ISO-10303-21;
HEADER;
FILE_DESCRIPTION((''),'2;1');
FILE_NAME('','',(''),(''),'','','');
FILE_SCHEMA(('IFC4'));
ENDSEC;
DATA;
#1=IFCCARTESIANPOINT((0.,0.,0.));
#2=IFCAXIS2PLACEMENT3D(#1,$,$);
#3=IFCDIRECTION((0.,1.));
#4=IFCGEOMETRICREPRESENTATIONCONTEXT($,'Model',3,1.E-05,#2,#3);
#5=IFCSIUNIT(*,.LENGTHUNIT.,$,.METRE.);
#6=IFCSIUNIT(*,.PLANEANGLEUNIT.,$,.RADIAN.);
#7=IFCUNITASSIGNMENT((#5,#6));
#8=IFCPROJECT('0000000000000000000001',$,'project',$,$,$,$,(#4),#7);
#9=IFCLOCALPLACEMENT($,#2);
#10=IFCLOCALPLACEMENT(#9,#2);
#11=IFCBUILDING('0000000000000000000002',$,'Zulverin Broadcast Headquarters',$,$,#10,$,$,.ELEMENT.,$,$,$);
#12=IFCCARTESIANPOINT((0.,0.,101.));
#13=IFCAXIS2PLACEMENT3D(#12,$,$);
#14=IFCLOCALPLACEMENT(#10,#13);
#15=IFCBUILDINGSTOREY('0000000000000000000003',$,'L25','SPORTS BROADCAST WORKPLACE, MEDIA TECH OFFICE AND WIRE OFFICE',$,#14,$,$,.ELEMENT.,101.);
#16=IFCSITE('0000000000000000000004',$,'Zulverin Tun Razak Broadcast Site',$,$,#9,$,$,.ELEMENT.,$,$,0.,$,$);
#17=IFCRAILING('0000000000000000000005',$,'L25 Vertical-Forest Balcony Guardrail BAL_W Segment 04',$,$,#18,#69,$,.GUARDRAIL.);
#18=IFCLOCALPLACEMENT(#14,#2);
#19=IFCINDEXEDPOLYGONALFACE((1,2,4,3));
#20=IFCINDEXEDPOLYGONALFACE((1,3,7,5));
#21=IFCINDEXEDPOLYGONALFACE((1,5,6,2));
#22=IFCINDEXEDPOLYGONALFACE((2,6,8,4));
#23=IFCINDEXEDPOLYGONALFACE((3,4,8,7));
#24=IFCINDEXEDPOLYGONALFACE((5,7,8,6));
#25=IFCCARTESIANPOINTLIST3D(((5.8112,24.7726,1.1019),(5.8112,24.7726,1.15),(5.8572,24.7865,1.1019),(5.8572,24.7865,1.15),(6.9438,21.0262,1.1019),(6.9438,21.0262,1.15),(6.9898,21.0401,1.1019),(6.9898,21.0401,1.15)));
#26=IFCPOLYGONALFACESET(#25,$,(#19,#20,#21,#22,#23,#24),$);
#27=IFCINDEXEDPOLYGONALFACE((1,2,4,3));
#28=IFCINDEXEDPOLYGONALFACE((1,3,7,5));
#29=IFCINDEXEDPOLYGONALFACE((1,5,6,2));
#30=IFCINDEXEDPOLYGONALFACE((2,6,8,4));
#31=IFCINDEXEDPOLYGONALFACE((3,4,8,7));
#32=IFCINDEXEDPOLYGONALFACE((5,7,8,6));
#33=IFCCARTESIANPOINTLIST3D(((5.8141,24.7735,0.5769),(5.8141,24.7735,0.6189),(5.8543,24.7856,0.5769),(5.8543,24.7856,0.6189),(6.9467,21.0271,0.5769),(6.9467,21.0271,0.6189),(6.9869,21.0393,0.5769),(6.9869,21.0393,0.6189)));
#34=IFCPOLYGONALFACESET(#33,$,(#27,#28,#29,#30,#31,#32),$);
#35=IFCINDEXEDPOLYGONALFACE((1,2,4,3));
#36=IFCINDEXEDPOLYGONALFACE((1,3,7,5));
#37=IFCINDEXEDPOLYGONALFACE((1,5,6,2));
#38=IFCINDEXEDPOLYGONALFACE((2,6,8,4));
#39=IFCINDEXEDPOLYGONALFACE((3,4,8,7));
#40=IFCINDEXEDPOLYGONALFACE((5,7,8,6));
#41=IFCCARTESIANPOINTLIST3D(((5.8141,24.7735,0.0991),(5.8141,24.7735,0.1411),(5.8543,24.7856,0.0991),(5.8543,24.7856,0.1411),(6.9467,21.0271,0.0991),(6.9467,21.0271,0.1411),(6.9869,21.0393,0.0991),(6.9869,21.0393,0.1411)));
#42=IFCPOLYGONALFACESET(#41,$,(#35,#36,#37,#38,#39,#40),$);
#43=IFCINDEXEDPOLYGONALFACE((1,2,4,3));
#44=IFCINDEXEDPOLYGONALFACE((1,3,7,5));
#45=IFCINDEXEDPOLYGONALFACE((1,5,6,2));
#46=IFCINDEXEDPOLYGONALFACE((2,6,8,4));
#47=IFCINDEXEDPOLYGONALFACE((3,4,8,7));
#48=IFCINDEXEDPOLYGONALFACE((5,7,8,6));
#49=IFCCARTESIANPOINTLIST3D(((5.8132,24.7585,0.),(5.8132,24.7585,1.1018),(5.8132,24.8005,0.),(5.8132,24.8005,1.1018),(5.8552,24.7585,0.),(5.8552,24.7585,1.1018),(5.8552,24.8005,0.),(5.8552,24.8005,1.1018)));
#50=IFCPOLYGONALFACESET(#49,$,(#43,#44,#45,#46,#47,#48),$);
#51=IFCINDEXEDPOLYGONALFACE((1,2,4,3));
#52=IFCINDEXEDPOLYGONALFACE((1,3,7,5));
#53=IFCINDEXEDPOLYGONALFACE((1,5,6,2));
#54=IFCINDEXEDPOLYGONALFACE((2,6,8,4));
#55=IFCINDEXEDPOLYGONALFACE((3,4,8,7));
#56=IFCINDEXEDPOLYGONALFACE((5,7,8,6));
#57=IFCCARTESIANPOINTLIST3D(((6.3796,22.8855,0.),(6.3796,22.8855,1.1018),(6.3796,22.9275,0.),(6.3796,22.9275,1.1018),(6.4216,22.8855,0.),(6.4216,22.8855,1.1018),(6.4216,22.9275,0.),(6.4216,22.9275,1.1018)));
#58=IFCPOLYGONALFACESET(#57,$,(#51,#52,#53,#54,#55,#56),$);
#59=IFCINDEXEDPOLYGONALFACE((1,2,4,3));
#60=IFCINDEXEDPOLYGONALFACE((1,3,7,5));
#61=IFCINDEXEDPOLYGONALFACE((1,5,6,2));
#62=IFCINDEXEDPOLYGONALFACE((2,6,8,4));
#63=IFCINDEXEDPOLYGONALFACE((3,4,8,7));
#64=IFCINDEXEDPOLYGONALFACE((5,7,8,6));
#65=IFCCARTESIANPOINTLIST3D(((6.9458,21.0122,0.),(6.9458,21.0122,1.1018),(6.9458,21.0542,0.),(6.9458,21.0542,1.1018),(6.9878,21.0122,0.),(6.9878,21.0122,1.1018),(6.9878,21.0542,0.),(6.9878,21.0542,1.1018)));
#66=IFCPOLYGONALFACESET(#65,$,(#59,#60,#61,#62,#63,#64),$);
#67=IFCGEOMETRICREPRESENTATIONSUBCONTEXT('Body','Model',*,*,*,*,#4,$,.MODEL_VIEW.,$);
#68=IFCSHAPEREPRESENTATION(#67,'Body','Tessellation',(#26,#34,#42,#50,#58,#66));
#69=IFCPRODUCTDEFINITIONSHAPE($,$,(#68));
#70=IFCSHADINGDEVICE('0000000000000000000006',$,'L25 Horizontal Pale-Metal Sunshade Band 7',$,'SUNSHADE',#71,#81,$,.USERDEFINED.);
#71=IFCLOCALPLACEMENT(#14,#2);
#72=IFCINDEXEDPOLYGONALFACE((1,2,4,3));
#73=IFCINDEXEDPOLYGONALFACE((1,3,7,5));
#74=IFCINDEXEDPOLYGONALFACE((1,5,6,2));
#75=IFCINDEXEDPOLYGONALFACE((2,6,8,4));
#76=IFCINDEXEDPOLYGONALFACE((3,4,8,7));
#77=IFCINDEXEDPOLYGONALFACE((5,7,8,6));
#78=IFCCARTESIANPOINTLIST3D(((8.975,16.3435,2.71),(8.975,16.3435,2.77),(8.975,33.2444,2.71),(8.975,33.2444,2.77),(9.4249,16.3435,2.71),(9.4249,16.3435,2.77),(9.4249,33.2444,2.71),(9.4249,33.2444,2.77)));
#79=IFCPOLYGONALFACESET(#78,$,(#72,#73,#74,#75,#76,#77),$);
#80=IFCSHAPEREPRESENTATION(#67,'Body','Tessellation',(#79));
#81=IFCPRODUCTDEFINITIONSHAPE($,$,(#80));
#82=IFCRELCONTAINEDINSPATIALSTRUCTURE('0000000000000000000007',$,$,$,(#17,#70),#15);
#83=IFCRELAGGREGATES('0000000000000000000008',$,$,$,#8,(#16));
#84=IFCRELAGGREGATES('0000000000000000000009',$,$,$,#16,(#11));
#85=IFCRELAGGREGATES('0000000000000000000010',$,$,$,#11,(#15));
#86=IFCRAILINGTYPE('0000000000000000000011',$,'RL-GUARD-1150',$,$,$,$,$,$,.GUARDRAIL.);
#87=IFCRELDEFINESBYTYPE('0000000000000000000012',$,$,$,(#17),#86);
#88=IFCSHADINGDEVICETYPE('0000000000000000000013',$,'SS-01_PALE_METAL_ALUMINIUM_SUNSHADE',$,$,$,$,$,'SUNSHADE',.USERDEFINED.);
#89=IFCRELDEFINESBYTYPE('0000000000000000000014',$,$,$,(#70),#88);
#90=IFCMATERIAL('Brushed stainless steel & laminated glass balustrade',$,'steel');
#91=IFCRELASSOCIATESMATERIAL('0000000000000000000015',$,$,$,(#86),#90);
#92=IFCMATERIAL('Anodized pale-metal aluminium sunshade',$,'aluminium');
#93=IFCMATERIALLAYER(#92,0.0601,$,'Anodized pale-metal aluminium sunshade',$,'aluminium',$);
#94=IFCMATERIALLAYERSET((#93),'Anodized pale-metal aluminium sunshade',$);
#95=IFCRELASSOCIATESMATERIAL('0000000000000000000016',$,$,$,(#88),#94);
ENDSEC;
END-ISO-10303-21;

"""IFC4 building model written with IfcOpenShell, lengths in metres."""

from ifc_helpers import new_model, si_unit, direction, frame, origin, origin_2d, place, context, subcontext, project, spatial, rectangle, extrude, material, layer, layer_set, type_object, element, save


model = new_model("IFC4")

# Units and contexts
model_context = context("Model", 3, precision=1e-05, world=origin(), true_north=direction((0.0, 1.0)))
body_context = subcontext(model_context, "Body", "Model", "MODEL_VIEW")
ifc_project = project(units=[si_unit("LENGTHUNIT", "METRE"), si_unit("PLANEANGLEUNIT", "RADIAN")], contexts=[model_context])

# Site, building, storey
site_placement = place(None, origin())
site = spatial("IfcSite", under=ifc_project, at=site_placement, Name="Zulverin Tun Razak Broadcast Site", CompositionType="ELEMENT", RefElevation=0.0)
building_placement = place(site_placement, origin())
building = spatial("IfcBuilding", under=site, at=building_placement, Name="Zulverin Broadcast Headquarters", CompositionType="ELEMENT")
storey_placement = place(building_placement, frame((0.0, 0.0, 101.0)))
storey = spatial("IfcBuildingStorey", under=building, at=storey_placement, Name="L25", Description="SPORTS BROADCAST WORKPLACE, MEDIA TECH OFFICE AND WIRE OFFICE", CompositionType="ELEMENT", Elevation=101.0)

# Railing
ifc_material_1 = material(Name="Brushed stainless steel & laminated glass balustrade", Category="steel")
railing_type = type_object("IfcRailingType", Name="RL-GUARD-1150", PredefinedType="GUARDRAIL", material=ifc_material_1)
railing_1_placement = place(storey_placement, frame((5.8342, 24.7795, 0.0)))
element("IfcRailing", 1, at=railing_1_placement, inside=storey, type_object=railing_type, Name="L25 Vertical-Forest Balcony Guardrail BAL_W Segment 04", PredefinedType="GUARDRAIL", context=body_context, shape_type="SweptSolid", body=[
    extrude(rectangle(XDim=0.0481, YDim=0.0481, at=origin_2d()), frame((0.0, 0.0, 1.126), z_axis=(0.289379, -0.957215, 0.0), x_axis=(0.957215, 0.289379, 0.0)), (0.0, 0.0, 1.0), 3.9138),
    extrude(rectangle(XDim=0.042, YDim=0.042, at=origin_2d()), frame((0.0, 0.0, 0.5979), z_axis=(0.289379, -0.957215, 0.0), x_axis=(0.957215, 0.289379, 0.0)), (0.0, 0.0, 1.0), 3.9138),
    extrude(rectangle(XDim=0.042, YDim=0.042, at=origin_2d()), frame((0.0, 0.0, 0.1201), z_axis=(0.289379, -0.957215, 0.0), x_axis=(0.957215, 0.289379, 0.0)), (0.0, 0.0, 1.0), 3.9138),
    extrude(rectangle(XDim=0.042, YDim=0.042, at=origin_2d()), origin(), (0.0, 0.0, 1.0), 1.1018),
    extrude(rectangle(XDim=0.042, YDim=0.042, at=origin_2d()), frame((0.5664, -1.873, 0.0)), (0.0, 0.0, 1.0), 1.1018),
    extrude(rectangle(XDim=0.042, YDim=0.042, at=origin_2d()), frame((1.1326, -3.7463, 0.0)), (0.0, 0.0, 1.0), 1.1018),
])

# Shading device
ifc_material_2 = material(Name="Anodized pale-metal aluminium sunshade", Category="aluminium")
ifc_layer_1 = layer(ifc_material_2, 0.0601, Name="Anodized pale-metal aluminium sunshade", Category="aluminium")
ifc_layer_set_1 = layer_set([ifc_layer_1], Name="Anodized pale-metal aluminium sunshade")
shading_device_type = type_object("IfcShadingDeviceType", Name="SS-01_PALE_METAL_ALUMINIUM_SUNSHADE", ElementType="SUNSHADE", PredefinedType="USERDEFINED", material=ifc_layer_set_1)
shading_device_placement = place(storey_placement, frame((9.2, 24.7939, 2.71), z_axis=(0.0, 0.0, 1.0), x_axis=(0.0, -1.0, 0.0)))
element("IfcShadingDevice", 2, at=shading_device_placement, inside=storey, type_object=shading_device_type, Name="L25 Horizontal Pale-Metal Sunshade Band 7", ObjectType="SUNSHADE", PredefinedType="USERDEFINED", context=body_context, shape_type="SweptSolid", body=[
    extrude(rectangle(XDim=16.9009, YDim=0.45, at=origin_2d()), origin(), (0.0, 0.0, 1.0), 0.0601),
])

save(model, "model.ifc")
